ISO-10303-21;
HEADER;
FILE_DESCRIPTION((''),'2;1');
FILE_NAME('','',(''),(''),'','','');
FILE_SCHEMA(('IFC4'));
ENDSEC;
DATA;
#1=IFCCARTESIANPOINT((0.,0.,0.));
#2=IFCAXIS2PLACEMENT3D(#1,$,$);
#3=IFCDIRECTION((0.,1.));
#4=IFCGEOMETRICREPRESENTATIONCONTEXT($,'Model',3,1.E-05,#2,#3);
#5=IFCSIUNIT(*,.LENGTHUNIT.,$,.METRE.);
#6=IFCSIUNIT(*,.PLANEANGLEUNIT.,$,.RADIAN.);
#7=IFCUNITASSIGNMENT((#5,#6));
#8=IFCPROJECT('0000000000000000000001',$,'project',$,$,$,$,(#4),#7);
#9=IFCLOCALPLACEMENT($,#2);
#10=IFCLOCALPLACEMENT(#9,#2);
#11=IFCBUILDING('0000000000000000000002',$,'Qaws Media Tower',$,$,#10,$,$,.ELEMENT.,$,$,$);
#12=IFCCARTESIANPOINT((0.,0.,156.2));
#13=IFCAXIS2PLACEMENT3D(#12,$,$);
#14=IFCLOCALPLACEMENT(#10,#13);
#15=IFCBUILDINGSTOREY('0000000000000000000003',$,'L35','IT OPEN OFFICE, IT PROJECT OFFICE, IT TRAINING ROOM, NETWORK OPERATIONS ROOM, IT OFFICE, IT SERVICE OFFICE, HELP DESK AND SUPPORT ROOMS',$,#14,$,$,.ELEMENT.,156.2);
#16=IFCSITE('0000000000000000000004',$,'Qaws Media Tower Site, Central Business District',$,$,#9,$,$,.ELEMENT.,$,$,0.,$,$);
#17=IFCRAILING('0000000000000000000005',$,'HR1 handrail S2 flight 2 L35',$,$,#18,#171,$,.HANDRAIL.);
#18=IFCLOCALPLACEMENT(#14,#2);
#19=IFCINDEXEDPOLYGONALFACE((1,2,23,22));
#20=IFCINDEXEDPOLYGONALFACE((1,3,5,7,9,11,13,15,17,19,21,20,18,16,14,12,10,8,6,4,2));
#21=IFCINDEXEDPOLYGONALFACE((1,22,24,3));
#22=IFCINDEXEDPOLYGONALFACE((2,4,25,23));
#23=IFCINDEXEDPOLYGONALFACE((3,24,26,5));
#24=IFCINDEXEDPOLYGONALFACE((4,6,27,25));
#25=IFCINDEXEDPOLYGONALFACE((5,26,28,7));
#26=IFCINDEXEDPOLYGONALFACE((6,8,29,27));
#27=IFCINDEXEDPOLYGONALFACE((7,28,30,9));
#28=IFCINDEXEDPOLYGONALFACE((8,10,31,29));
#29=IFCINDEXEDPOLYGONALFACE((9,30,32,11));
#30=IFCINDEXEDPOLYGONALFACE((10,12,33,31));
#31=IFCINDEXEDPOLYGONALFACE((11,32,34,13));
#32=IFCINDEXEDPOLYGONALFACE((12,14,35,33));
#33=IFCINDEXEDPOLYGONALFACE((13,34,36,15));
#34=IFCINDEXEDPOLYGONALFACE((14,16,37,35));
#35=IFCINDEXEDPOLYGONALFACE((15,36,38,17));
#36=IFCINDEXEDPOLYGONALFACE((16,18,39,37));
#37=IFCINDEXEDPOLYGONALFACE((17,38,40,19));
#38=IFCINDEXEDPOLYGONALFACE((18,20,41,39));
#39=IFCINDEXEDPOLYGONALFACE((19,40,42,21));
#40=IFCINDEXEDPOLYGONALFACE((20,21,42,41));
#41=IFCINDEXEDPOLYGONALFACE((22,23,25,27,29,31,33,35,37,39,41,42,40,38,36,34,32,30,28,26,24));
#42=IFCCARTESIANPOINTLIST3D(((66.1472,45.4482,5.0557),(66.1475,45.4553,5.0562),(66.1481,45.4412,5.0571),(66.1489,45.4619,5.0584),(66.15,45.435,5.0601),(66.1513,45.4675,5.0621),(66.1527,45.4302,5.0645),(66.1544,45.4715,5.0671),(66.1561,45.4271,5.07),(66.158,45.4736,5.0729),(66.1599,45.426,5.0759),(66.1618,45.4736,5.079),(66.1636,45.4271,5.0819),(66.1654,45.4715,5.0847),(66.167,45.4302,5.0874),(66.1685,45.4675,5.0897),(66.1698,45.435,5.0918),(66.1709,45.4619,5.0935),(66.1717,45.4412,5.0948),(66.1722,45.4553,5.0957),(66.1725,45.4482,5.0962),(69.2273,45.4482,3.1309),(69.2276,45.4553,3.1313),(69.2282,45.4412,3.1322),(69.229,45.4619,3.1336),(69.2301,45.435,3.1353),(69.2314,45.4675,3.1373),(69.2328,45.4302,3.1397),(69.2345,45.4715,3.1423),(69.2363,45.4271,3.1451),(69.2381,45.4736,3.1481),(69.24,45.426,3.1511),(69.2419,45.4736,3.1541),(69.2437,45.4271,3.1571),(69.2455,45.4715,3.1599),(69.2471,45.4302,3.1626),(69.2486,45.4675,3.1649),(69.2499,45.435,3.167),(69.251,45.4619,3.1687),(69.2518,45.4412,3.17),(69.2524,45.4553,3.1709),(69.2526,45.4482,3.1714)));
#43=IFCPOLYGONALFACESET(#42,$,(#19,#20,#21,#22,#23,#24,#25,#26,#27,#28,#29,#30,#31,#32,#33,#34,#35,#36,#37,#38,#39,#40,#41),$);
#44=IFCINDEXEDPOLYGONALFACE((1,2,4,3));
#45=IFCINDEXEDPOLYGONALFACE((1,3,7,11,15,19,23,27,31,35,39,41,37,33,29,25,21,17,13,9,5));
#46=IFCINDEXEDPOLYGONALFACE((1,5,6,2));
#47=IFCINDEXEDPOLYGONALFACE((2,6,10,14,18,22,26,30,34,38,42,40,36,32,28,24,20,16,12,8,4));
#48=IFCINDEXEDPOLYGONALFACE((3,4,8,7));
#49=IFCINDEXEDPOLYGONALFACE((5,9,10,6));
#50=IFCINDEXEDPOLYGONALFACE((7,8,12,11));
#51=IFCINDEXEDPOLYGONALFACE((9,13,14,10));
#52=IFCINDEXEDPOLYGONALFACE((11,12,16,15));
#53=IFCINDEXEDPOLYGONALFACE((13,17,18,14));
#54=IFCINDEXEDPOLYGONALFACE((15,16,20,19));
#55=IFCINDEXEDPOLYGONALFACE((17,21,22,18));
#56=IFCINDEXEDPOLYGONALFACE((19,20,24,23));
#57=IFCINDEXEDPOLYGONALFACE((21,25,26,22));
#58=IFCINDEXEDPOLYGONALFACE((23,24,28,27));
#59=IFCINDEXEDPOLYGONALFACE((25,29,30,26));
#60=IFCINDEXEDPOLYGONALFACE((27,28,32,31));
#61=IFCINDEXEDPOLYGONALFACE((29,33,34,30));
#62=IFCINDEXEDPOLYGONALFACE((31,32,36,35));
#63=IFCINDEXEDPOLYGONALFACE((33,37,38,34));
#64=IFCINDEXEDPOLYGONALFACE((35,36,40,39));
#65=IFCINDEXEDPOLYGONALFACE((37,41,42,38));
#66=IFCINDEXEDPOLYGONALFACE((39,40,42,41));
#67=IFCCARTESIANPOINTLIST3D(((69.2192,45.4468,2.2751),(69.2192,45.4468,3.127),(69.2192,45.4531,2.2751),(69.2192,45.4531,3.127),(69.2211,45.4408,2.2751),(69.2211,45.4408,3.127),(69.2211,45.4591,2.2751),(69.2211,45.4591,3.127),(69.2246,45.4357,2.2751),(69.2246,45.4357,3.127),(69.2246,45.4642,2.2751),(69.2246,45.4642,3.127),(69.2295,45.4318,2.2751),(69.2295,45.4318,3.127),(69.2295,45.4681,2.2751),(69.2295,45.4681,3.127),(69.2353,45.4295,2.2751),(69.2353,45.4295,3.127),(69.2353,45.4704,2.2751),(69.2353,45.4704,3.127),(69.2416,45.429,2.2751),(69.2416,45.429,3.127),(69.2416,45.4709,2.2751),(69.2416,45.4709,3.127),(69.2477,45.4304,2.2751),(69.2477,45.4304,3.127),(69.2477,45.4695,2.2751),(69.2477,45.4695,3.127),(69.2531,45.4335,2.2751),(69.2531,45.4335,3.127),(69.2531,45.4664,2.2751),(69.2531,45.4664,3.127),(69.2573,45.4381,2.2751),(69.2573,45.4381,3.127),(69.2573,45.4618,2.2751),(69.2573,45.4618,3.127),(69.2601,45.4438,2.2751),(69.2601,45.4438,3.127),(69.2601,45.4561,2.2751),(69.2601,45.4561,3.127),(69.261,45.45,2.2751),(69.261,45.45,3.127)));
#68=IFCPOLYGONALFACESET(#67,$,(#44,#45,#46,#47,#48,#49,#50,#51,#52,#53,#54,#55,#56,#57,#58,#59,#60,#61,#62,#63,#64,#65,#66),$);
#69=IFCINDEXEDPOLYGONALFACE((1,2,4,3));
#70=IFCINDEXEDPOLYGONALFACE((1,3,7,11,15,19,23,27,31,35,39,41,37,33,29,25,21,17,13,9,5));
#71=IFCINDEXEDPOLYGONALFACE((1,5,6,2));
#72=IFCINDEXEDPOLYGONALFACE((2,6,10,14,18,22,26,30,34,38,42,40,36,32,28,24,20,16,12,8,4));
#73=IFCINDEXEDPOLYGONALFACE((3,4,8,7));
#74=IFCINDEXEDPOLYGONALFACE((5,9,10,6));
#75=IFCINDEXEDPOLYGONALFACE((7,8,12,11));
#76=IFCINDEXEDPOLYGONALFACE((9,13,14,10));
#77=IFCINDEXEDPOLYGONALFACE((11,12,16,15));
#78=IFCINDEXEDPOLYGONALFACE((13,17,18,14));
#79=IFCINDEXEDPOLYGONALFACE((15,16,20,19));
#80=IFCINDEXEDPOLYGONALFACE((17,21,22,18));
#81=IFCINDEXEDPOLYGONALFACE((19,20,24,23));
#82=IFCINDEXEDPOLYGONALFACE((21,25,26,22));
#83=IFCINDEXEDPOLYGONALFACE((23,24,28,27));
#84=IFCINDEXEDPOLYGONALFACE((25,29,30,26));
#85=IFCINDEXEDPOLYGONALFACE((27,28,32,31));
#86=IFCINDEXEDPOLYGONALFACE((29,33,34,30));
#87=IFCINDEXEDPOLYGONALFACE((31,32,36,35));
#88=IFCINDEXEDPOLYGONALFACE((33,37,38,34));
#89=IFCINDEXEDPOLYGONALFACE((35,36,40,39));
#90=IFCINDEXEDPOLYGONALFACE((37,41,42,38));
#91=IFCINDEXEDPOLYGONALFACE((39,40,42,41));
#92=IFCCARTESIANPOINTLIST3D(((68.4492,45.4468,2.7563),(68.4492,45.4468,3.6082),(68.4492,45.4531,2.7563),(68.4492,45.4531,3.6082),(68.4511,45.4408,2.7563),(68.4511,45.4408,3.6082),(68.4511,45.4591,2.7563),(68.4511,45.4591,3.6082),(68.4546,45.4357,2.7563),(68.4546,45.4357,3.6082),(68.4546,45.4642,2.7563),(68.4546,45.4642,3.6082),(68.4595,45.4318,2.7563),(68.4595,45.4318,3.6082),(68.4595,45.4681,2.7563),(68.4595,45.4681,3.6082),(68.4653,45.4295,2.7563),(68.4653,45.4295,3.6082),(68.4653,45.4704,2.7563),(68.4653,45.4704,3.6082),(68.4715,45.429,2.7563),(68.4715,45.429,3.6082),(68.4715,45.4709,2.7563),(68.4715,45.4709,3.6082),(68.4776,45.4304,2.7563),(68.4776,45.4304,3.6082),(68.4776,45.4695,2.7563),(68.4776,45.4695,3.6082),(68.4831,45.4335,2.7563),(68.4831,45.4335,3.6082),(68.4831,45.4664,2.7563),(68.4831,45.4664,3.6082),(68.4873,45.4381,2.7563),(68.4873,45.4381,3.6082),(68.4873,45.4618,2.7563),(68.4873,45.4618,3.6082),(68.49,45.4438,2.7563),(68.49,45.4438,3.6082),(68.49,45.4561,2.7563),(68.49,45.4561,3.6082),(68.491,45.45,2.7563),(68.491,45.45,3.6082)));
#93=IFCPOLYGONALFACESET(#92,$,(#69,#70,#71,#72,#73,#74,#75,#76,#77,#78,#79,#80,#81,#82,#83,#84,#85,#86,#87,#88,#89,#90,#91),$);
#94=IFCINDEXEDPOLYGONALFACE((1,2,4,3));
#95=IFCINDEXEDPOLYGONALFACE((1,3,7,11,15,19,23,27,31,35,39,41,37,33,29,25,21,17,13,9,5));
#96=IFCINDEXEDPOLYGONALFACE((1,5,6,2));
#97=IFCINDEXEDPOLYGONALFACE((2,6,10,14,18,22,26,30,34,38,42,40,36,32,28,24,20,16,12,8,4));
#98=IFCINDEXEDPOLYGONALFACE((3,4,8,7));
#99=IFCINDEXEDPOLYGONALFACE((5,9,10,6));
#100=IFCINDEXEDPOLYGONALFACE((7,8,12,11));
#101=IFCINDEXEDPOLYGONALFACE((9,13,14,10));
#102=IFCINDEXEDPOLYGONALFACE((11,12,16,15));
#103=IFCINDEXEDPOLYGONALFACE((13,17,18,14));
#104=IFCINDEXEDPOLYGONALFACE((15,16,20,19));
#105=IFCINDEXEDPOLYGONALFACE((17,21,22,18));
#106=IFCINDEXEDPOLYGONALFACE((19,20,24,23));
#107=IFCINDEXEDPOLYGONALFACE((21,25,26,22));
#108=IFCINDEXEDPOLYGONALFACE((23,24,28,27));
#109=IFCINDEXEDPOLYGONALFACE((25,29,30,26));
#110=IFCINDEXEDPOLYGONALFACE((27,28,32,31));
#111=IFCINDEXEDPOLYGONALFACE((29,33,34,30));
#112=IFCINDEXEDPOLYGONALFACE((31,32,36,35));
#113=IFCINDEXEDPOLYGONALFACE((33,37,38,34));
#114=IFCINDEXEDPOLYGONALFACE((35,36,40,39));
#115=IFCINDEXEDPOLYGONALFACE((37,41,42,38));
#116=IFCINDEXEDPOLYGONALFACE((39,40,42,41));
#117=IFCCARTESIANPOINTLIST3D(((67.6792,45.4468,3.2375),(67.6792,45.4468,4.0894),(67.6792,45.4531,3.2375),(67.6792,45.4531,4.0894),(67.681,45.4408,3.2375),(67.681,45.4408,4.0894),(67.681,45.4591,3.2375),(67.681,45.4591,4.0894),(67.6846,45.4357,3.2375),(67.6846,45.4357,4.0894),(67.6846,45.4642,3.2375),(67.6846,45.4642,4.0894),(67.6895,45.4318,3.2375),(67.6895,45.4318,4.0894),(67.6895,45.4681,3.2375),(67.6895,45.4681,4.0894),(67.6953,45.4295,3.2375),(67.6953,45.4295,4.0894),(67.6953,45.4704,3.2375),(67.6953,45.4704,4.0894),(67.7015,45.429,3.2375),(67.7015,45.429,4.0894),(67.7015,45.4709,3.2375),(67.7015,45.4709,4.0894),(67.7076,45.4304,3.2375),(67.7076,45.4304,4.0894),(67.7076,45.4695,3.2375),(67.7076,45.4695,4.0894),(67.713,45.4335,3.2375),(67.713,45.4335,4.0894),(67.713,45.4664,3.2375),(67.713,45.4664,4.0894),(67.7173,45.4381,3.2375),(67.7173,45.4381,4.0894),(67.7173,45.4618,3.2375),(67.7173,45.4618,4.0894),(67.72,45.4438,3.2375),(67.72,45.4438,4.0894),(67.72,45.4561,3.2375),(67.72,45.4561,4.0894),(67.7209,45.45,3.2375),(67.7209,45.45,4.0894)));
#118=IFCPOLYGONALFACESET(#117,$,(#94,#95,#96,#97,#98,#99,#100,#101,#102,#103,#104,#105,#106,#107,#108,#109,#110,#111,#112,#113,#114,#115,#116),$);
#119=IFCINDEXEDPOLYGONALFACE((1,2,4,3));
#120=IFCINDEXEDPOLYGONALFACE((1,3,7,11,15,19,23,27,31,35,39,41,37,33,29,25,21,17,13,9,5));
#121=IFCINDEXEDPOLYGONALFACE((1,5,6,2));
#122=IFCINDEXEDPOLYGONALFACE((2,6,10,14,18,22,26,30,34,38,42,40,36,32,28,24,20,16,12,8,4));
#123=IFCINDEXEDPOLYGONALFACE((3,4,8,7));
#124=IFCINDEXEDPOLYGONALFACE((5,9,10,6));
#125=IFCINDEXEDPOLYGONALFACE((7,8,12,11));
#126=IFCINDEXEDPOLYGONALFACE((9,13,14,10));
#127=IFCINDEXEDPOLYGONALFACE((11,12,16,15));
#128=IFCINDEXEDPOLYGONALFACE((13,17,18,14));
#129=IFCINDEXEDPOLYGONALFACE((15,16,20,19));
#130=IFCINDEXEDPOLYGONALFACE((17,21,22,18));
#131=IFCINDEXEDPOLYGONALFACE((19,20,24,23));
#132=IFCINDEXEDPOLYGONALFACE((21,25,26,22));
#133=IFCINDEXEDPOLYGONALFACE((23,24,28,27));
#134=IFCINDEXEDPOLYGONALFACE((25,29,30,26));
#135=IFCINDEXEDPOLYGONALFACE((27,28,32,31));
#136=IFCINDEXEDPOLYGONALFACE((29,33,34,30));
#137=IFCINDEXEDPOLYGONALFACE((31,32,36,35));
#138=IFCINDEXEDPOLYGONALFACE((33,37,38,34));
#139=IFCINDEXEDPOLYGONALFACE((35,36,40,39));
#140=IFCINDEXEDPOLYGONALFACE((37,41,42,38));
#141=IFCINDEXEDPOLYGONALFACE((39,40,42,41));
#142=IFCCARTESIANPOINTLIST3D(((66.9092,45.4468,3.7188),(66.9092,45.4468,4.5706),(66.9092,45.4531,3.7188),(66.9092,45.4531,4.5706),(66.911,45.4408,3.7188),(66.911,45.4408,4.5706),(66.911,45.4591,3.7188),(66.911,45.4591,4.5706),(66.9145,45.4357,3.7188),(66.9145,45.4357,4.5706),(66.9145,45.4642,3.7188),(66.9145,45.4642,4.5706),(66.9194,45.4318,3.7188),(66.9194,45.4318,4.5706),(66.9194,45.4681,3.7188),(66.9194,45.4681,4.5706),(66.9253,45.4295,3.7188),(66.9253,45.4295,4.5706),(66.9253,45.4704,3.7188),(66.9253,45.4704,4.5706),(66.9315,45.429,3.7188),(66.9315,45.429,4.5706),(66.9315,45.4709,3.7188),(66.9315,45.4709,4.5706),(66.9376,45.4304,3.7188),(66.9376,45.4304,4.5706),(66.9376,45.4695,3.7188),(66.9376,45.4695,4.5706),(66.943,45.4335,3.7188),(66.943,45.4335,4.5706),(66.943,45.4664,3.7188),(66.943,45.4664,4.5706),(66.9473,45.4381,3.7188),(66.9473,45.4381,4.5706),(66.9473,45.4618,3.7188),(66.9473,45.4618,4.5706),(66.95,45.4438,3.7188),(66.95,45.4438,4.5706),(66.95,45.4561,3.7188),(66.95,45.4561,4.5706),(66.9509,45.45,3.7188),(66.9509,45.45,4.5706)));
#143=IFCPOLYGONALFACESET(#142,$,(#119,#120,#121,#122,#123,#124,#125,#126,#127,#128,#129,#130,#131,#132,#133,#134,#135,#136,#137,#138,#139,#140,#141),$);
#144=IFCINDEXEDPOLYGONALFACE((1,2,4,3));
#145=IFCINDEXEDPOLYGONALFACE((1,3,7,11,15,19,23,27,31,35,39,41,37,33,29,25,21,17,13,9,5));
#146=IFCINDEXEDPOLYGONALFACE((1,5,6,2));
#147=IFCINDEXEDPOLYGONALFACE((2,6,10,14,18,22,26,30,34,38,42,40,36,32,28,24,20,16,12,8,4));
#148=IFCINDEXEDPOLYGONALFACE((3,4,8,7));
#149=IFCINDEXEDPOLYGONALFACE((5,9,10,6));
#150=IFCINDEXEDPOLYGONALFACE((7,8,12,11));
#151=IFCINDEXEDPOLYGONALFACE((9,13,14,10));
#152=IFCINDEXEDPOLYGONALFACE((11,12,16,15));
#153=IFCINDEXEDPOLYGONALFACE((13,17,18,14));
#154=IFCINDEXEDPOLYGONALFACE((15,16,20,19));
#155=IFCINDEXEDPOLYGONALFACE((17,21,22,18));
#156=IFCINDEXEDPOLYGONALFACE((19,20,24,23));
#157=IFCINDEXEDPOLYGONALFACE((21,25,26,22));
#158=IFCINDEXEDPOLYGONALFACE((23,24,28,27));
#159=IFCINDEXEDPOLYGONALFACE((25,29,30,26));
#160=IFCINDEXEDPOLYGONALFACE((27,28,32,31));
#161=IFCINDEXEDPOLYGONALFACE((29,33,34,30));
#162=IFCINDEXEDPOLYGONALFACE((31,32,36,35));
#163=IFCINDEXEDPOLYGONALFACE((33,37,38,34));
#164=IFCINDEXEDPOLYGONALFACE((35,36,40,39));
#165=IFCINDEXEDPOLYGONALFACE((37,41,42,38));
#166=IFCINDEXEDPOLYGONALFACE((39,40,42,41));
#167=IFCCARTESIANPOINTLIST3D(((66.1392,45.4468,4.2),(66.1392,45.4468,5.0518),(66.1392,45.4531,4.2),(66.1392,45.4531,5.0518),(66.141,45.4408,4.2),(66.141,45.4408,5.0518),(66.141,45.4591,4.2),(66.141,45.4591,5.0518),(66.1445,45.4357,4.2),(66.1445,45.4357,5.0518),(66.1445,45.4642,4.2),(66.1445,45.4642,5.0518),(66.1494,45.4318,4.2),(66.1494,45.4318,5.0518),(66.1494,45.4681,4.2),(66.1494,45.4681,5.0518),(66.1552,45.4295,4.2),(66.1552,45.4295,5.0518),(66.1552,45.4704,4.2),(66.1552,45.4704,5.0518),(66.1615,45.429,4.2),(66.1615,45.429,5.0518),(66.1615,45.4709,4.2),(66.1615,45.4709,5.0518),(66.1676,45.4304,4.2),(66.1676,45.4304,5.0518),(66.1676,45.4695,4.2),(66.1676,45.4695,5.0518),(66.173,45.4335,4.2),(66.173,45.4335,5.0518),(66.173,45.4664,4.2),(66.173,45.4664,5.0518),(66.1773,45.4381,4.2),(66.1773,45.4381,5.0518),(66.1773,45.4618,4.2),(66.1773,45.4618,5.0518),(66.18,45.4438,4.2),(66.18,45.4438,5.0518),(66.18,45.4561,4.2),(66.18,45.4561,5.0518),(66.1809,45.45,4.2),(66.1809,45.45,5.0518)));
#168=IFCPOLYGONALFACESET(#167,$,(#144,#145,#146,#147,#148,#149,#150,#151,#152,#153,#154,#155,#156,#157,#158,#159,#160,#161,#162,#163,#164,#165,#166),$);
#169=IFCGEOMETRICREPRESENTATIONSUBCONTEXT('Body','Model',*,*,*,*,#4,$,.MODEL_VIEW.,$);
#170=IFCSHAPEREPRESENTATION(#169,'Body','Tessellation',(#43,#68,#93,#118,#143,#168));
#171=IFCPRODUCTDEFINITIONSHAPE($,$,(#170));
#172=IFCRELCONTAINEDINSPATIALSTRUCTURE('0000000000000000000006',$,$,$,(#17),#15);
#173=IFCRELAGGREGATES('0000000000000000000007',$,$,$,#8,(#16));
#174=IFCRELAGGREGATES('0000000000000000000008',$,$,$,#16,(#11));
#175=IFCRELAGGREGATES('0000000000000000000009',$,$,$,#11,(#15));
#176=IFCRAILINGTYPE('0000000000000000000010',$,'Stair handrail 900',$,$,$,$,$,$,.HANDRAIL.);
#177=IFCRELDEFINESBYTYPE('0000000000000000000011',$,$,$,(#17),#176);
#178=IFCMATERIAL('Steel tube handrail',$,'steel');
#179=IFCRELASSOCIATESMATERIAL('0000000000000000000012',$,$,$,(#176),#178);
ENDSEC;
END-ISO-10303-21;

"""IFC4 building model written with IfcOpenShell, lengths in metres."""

from ifc_helpers import new_model, si_unit, direction, frame, origin, origin_2d, place, context, subcontext, project, spatial, circle, extrude, material, type_object, element, save


model = new_model("IFC4")

# Units and contexts
model_context = context("Model", 3, precision=1e-05, world=origin(), true_north=direction((0.0, 1.0)))
body_context = subcontext(model_context, "Body", "Model", "MODEL_VIEW")
ifc_project = project(units=[si_unit("LENGTHUNIT", "METRE"), si_unit("PLANEANGLEUNIT", "RADIAN")], contexts=[model_context])

# Site, building, storey
site_placement = place(None, origin())
site = spatial("IfcSite", under=ifc_project, at=site_placement, Name="Qaws Media Tower Site, Central Business District", CompositionType="ELEMENT", RefElevation=0.0)
building_placement = place(site_placement, origin())
building = spatial("IfcBuilding", under=site, at=building_placement, Name="Qaws Media Tower", CompositionType="ELEMENT")
storey_placement = place(building_placement, frame((0.0, 0.0, 156.2)))
storey = spatial("IfcBuildingStorey", under=building, at=storey_placement, Name="L35", Description="IT OPEN OFFICE, IT PROJECT OFFICE, IT TRAINING ROOM, NETWORK OPERATIONS ROOM, IT OFFICE, IT SERVICE OFFICE, HELP DESK AND SUPPORT ROOMS", CompositionType="ELEMENT", Elevation=156.2)

# Railing
ifc_material_1 = material(Name="Steel tube handrail", Category="steel")
railing_type = type_object("IfcRailingType", Name="Stair handrail 900", PredefinedType="HANDRAIL", material=ifc_material_1)
for number, where, name in (
    (1, (69.24, 45.45, 2.2751), "HR1 handrail S2 flight 2 L35"),
):
    element("IfcRailing", number, at=place(storey_placement, frame(where)), inside=storey, type_object=railing_type, Name=name, PredefinedType="HANDRAIL", context=body_context, shape_type="SweptSolid", body=[
        extrude(circle(Radius=0.0239, at=origin_2d()), frame((0.0, 0.0, 0.876), z_axis=(-0.848029, 0.0, 0.529951), x_axis=(0.0, -1.0, 0.0)), (0.0, 0.0, 1.0), 3.6321),
        extrude(circle(Radius=0.021, at=origin_2d()), origin(), (0.0, 0.0, 1.0), 0.8518),
        extrude(circle(Radius=0.021, at=origin_2d()), frame((-0.77, 0.0, 0.4812)), (0.0, 0.0, 1.0), 0.8518),
        extrude(circle(Radius=0.021, at=origin_2d()), frame((-1.54, 0.0, 0.9624)), (0.0, 0.0, 1.0), 0.8518),
        extrude(circle(Radius=0.021, at=origin_2d()), frame((-2.3101, 0.0, 1.4436)), (0.0, 0.0, 1.0), 0.8518),
        extrude(circle(Radius=0.021, at=origin_2d()), frame((-3.0801, 0.0, 1.9248)), (0.0, 0.0, 1.0), 0.8518),
    ])

save(model, "model.ifc")
